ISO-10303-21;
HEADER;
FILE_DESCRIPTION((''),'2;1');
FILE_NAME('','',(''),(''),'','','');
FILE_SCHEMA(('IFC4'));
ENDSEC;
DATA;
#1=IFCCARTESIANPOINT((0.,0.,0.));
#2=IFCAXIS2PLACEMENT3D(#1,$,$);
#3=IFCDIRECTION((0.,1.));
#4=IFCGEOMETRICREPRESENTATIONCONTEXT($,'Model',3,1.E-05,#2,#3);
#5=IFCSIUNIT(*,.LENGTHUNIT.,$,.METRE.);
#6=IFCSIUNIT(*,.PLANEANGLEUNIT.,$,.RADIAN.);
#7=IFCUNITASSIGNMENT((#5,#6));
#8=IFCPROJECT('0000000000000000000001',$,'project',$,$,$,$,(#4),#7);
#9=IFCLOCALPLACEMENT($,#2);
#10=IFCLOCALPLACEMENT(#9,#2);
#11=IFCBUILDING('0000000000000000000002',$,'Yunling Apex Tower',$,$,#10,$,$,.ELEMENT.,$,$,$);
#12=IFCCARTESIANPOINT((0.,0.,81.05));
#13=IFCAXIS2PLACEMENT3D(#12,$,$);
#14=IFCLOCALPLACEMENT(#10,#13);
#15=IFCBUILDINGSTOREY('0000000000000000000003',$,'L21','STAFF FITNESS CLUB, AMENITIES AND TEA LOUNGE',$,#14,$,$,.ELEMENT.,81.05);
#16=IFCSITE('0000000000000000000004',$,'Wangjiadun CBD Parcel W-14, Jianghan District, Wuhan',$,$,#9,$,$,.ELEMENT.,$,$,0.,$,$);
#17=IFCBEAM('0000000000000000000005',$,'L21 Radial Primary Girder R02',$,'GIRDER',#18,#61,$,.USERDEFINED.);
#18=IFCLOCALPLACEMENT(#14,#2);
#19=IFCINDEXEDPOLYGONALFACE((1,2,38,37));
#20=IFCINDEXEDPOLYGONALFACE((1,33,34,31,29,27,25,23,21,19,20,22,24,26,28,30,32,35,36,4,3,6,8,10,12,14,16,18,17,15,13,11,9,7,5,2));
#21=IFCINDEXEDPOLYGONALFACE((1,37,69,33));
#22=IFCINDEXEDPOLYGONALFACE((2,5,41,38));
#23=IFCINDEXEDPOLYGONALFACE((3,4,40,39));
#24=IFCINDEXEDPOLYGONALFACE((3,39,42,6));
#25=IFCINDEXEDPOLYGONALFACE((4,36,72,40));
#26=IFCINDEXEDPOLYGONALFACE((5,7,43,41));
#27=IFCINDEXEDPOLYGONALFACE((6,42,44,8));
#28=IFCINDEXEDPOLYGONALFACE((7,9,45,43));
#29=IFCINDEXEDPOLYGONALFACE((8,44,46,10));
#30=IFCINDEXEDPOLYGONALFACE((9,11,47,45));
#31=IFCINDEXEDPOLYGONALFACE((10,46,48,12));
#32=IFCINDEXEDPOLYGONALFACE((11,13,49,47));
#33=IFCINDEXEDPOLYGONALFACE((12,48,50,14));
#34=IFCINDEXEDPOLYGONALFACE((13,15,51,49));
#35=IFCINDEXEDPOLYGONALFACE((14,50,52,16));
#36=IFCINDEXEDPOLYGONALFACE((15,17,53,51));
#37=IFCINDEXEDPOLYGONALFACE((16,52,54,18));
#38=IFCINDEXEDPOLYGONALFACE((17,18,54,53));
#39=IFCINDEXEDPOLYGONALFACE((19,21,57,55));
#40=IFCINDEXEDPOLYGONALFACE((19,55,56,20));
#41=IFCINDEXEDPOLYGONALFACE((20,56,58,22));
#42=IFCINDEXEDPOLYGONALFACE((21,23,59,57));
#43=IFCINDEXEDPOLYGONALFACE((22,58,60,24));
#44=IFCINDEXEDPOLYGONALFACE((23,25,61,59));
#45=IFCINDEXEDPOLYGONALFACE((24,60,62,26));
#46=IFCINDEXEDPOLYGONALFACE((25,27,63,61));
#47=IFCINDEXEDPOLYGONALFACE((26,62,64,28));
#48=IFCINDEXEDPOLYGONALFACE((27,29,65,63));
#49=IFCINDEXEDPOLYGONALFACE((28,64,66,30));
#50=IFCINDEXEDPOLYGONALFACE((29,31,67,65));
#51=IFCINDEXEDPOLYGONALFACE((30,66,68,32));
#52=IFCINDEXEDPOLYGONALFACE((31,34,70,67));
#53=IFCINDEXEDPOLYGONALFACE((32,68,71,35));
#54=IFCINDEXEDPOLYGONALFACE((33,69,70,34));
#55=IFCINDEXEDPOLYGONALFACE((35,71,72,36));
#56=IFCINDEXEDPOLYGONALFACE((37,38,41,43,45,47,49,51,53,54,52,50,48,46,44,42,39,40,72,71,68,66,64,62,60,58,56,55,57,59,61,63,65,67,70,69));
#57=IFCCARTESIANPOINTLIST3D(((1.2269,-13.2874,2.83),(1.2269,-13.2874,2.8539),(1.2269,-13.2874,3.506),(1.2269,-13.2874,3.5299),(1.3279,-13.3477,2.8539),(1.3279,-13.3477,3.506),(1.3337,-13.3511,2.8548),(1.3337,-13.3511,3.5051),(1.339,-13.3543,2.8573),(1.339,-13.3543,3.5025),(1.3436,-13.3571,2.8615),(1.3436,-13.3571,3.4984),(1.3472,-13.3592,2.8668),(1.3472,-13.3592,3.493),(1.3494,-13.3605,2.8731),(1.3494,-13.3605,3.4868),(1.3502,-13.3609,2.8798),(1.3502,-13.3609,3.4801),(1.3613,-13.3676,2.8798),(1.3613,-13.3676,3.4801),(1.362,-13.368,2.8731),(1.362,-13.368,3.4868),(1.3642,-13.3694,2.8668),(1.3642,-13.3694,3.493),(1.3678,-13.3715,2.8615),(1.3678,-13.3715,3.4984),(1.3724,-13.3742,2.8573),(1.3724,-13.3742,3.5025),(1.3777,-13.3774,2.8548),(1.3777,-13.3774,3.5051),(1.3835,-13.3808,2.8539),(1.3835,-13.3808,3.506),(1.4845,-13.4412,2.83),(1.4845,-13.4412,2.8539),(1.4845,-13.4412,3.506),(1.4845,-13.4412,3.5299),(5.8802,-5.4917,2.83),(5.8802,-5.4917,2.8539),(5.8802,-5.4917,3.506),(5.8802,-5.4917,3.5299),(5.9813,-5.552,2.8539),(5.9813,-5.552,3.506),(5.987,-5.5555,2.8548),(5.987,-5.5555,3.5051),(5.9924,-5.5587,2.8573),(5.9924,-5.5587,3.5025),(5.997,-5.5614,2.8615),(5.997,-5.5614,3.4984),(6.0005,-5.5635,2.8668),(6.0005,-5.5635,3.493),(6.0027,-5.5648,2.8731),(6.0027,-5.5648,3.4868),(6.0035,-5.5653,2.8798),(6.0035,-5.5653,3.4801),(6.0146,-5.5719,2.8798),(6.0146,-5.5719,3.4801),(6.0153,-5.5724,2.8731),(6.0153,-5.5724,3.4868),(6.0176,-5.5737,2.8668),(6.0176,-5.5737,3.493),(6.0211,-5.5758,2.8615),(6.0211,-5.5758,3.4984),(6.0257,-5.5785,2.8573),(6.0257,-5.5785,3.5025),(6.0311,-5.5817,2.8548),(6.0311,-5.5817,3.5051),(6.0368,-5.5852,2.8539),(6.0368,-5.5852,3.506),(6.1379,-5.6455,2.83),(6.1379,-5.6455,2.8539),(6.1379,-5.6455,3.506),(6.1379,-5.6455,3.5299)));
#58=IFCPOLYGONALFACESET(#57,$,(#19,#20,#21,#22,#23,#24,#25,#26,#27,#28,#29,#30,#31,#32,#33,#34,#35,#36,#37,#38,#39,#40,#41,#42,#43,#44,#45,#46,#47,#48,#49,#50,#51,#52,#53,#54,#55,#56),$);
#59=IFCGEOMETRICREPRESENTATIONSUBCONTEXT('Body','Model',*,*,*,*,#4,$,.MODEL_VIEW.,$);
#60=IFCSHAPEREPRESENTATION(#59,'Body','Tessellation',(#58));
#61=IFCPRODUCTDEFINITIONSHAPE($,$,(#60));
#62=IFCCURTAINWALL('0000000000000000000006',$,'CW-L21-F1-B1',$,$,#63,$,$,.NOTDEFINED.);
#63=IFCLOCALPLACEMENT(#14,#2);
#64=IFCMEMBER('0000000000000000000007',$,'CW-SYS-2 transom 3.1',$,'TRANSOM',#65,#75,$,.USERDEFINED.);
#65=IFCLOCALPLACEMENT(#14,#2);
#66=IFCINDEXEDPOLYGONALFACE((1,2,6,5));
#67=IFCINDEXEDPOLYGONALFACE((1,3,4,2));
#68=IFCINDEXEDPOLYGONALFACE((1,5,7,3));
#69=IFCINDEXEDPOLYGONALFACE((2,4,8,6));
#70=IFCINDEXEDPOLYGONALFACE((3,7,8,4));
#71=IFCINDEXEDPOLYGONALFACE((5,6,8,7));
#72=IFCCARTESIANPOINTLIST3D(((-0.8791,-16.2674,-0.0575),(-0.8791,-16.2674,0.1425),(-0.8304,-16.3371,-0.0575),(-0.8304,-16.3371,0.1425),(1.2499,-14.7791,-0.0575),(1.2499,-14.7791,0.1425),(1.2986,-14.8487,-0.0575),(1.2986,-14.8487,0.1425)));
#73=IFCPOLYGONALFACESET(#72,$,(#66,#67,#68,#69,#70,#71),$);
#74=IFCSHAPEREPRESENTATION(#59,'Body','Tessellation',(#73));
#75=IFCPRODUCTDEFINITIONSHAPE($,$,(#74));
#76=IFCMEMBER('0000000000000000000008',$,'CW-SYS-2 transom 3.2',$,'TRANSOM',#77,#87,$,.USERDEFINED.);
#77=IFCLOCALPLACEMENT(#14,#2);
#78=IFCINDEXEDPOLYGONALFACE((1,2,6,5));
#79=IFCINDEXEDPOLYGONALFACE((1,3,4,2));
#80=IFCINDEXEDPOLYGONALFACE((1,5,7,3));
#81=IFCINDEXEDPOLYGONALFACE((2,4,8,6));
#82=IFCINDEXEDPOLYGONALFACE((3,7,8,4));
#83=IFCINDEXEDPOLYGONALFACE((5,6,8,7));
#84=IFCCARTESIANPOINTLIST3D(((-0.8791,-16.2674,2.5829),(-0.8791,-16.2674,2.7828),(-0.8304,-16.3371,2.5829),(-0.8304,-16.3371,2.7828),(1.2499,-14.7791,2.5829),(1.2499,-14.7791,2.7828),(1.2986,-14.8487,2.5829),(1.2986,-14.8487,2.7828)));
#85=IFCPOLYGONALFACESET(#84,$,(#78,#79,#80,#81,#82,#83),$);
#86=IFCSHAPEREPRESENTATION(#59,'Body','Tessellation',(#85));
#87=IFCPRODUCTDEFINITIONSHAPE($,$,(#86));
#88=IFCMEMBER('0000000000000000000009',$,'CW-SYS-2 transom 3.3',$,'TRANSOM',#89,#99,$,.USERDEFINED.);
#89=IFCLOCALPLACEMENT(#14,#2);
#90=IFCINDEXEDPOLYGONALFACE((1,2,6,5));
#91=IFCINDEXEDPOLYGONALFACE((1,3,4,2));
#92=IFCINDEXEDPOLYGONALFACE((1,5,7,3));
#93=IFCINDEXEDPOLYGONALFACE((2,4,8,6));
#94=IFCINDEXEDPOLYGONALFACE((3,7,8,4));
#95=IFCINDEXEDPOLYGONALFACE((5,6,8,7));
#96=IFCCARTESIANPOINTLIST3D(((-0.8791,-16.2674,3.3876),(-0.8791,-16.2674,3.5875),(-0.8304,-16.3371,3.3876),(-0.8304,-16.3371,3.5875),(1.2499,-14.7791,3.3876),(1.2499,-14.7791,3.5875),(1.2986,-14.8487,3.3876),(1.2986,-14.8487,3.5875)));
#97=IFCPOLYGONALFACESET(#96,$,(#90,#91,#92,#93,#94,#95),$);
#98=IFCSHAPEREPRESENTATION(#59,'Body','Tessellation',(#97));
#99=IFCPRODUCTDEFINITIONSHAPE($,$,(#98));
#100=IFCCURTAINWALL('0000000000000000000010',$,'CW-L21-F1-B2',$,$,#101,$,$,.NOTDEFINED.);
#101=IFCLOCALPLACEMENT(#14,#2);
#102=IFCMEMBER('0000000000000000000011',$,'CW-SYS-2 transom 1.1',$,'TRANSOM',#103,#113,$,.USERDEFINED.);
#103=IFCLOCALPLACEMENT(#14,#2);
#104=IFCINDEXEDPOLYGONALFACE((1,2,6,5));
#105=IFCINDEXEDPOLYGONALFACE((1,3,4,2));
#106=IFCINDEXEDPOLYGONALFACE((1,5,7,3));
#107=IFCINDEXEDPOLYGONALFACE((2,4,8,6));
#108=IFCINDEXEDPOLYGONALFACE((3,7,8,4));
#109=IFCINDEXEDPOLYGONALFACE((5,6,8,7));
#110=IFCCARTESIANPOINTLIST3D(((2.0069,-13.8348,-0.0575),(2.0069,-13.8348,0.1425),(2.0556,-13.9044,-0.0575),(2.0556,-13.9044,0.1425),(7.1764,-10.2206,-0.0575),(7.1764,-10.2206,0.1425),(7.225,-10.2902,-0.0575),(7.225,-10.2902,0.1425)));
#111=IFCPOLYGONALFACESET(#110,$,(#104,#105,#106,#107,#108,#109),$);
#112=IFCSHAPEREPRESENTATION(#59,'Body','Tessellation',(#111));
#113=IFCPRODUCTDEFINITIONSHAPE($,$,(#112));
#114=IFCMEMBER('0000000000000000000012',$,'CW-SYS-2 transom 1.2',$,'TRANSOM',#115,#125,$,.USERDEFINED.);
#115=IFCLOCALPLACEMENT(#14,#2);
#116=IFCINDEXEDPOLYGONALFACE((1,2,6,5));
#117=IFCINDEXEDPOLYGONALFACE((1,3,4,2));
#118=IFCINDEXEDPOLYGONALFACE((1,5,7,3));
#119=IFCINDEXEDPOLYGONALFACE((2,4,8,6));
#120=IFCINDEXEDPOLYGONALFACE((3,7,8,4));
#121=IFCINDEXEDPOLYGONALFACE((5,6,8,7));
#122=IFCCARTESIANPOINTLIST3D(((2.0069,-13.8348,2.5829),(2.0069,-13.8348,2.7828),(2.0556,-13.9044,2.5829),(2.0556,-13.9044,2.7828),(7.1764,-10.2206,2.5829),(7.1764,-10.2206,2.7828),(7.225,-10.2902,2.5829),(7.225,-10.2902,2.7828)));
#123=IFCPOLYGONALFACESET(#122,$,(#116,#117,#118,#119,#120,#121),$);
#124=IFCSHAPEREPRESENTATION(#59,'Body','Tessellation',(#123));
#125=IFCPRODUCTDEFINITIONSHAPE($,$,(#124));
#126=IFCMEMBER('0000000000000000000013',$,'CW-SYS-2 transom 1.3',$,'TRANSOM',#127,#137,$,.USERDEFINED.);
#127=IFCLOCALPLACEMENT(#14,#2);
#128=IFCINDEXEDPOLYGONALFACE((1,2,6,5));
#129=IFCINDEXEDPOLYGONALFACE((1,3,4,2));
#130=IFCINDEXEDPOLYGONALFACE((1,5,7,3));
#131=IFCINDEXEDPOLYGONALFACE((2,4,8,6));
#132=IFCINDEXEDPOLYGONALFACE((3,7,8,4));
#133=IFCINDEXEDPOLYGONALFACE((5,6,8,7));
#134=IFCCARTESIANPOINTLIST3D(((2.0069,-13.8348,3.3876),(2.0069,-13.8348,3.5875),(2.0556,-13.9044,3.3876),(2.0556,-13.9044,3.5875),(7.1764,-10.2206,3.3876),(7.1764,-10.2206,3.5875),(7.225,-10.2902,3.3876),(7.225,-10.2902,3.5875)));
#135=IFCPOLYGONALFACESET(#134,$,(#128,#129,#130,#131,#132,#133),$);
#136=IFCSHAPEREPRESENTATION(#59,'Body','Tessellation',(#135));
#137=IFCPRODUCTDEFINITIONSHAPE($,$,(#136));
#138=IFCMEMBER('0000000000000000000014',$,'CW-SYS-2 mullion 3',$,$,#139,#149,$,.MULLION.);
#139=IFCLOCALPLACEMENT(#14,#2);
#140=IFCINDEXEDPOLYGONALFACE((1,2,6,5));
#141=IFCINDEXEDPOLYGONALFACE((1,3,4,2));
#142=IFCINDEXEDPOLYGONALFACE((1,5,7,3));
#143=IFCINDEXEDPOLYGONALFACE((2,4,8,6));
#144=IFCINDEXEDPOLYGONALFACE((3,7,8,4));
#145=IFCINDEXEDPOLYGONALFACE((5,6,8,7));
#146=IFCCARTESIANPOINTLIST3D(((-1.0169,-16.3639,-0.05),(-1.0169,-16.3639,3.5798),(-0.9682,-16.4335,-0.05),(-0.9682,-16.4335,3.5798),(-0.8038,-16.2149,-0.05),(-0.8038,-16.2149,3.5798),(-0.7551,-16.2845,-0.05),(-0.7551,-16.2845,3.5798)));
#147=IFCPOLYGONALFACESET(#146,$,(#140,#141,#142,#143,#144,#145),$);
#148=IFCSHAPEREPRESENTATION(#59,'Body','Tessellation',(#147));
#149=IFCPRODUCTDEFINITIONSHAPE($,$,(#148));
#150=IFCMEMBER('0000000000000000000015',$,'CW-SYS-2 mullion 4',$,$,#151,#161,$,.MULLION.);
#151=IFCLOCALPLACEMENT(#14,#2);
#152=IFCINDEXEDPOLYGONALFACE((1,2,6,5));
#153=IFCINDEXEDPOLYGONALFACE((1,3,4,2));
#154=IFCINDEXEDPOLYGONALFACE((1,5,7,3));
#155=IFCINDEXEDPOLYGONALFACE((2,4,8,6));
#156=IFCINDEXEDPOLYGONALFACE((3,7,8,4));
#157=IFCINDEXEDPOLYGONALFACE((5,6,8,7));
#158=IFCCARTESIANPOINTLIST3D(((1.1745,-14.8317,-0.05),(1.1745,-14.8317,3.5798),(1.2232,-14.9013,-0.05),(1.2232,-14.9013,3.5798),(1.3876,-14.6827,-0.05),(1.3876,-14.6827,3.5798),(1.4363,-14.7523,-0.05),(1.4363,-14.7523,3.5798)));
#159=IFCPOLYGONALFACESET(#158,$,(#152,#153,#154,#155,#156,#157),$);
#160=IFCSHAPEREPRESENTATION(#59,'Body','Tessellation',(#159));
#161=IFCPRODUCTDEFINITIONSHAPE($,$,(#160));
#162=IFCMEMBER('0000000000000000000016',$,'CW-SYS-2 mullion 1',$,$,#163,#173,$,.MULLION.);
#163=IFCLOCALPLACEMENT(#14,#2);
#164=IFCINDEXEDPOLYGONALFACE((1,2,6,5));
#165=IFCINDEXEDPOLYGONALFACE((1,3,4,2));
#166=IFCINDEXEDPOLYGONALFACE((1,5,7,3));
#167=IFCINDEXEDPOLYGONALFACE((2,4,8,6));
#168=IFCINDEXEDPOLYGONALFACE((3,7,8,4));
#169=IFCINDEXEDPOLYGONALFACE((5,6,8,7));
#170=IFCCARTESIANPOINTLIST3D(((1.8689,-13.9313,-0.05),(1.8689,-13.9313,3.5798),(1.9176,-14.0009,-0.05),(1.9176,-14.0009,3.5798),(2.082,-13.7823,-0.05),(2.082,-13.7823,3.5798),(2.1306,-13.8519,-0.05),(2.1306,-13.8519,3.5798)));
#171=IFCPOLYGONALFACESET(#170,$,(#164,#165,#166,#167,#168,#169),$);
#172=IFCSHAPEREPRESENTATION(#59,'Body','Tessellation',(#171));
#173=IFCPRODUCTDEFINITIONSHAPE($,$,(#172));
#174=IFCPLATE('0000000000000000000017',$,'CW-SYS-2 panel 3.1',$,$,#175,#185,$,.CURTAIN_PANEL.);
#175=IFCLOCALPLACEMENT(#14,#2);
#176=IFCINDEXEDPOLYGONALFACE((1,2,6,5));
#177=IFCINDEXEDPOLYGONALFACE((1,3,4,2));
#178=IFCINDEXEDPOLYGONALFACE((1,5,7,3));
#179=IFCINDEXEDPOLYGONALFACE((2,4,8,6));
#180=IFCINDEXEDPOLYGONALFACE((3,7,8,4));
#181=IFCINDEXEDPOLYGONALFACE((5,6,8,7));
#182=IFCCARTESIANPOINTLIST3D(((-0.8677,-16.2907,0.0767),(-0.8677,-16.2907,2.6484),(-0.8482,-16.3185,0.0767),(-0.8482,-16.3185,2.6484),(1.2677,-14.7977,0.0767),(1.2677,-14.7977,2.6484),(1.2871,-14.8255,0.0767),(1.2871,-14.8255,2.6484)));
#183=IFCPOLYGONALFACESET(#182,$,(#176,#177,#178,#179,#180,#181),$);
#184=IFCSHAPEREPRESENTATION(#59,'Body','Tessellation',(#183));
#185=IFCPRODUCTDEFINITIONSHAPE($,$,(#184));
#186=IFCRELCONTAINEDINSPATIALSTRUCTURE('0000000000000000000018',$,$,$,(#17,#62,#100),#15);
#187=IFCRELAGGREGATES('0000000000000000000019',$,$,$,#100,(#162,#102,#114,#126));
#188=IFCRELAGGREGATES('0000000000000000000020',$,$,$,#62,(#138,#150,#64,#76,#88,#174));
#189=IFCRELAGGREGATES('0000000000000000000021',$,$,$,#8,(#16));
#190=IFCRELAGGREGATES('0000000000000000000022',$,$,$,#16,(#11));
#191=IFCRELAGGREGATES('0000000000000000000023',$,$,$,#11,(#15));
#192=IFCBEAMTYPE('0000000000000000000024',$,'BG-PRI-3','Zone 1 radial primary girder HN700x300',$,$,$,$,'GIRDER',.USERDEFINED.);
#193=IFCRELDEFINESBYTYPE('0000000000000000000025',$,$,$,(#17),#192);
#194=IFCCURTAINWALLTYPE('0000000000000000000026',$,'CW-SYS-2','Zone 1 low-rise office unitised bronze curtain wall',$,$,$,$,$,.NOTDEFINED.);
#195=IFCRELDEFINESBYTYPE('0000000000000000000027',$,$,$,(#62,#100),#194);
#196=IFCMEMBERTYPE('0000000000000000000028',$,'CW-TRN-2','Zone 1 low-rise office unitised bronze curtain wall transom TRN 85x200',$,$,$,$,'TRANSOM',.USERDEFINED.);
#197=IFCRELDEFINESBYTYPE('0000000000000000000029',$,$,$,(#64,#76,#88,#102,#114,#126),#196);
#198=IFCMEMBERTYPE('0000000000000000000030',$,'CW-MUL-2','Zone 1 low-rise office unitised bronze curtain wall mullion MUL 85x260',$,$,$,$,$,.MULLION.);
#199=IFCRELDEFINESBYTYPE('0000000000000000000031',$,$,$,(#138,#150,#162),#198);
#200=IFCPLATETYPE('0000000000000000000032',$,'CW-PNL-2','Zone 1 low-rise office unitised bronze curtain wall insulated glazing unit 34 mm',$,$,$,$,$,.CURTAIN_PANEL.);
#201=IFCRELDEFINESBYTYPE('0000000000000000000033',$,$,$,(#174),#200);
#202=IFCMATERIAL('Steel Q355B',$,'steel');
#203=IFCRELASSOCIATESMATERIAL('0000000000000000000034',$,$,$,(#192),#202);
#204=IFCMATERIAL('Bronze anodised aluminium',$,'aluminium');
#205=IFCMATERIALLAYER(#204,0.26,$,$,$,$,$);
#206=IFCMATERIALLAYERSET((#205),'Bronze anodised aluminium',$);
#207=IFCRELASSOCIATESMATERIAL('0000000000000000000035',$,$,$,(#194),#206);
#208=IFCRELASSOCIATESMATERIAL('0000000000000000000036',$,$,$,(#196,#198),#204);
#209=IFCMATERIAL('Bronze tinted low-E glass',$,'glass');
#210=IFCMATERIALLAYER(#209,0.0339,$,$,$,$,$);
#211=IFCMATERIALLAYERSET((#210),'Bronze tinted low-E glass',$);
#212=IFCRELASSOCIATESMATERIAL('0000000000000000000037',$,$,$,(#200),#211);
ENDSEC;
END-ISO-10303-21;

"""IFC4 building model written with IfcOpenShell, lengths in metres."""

from ifc_helpers import new_model, si_unit, direction, frame, origin, origin_2d, place, context, subcontext, project, spatial, rectangle, i_section, extrude, source, transform, mapped, material, layer, layer_set, material_profile, profile_set, type_object, element, aggregate, save


model = new_model("IFC4")

# Units and contexts
model_context = context("Model", 3, precision=1e-05, world=origin(), true_north=direction((0.0, 1.0)))
body_context = subcontext(model_context, "Body", "Model", "MODEL_VIEW")
ifc_project = project(units=[si_unit("LENGTHUNIT", "METRE"), si_unit("PLANEANGLEUNIT", "RADIAN")], contexts=[model_context])

# Site, building, storey
site_placement = place(None, origin())
site = spatial("IfcSite", under=ifc_project, at=site_placement, Name="Wangjiadun CBD Parcel W-14, Jianghan District, Wuhan", CompositionType="ELEMENT", RefElevation=0.0)
building_placement = place(site_placement, origin())
building = spatial("IfcBuilding", under=site, at=building_placement, Name="Yunling Apex Tower", CompositionType="ELEMENT")
storey_placement = place(building_placement, frame((0.0, 0.0, 81.05)))
storey = spatial("IfcBuildingStorey", under=building, at=storey_placement, Name="L21", Description="STAFF FITNESS CLUB, AMENITIES AND TEA LOUNGE", CompositionType="ELEMENT", Elevation=81.05)

# Beam
ifc_material_1 = material(Name="Steel Q355B", Category="steel")
ifc_material_profile_1 = material_profile(ifc_material_1, i_section(OverallWidth=0.3, OverallDepth=0.7, WebThickness=0.0129, FlangeThickness=0.0239, FilletRadius=0.0259, at=origin_2d()))
ifc_profile_set_1 = profile_set([ifc_material_profile_1], Name="Steel Q355B")
beam_type_1 = type_object("IfcBeamType", Name="BG-PRI-3", Description="Zone 1 radial primary girder HN700x300", ElementType="GIRDER", PredefinedType="USERDEFINED", material=ifc_profile_set_1)
shared_shape_1 = source(origin(), body_context, "Body", "SweptSolid", [
    extrude(i_section(OverallWidth=0.3, OverallDepth=0.7, WebThickness=0.0129, FlangeThickness=0.0239, FilletRadius=0.0259, at=origin_2d()), origin(), (0.0, 0.0, 1.0), 9.0789),
])
beam_1_placement = place(storey_placement, frame((1.3557, -13.3643, 3.1799), z_axis=(0.512545, 0.85866, 0.0), x_axis=(-0.85866, 0.512545, 0.0)))
element("IfcBeam", 1, at=beam_1_placement, inside=storey, type_object=beam_type_1, Name="L21 Radial Primary Girder R02", ObjectType="GIRDER", PredefinedType="USERDEFINED", context=body_context, shape_type="MappedRepresentation", body=[
    mapped(shared_shape_1, transform((0.0, 0.0, 0.0), scale=1.0)),
])

# Curtain walls, members
ifc_material_2 = material(Name="Bronze anodised aluminium", Category="aluminium")
ifc_layer_1 = layer(ifc_material_2, 0.26)
ifc_layer_set_1 = layer_set([ifc_layer_1], Name="Bronze anodised aluminium")
curtain_wall_type = type_object("IfcCurtainWallType", Name="CW-SYS-2", Description="Zone 1 low-rise office unitised bronze curtain wall", PredefinedType="NOTDEFINED", material=ifc_layer_set_1)
curtain_wall_1_placement = place(storey_placement, origin())
curtain_wall_1 = element("IfcCurtainWall", 2, at=curtain_wall_1_placement, inside=storey, type_object=curtain_wall_type, Name="CW-L21-F1-B1", PredefinedType="NOTDEFINED")
ifc_material_profile_2 = material_profile(ifc_material_2, rectangle(XDim=0.085, YDim=0.2, at=origin_2d()))
ifc_profile_set_2 = profile_set([ifc_material_profile_2], Name="Bronze anodised aluminium")
member_type_1 = type_object("IfcMemberType", Name="CW-TRN-2", Description="Zone 1 low-rise office unitised bronze curtain wall transom TRN 85x200", ElementType="TRANSOM", PredefinedType="USERDEFINED", material=ifc_profile_set_2)
shared_shape_2 = source(origin(), body_context, "Body", "SweptSolid", [
    extrude(rectangle(XDim=0.085, YDim=0.2, at=origin_2d()), origin(), (0.0, 0.0, 1.0), 2.5977),
])
member_1_placement = place(storey_placement, frame((-0.8547, -16.3022, 0.0425), z_axis=(0.819585, 0.572958, 0.0), x_axis=(-0.572958, 0.819585, 0.0)))
member_1 = element("IfcMember", 3, at=member_1_placement, type_object=member_type_1, Name="CW-SYS-2 transom 3.1", ObjectType="TRANSOM", PredefinedType="USERDEFINED", context=body_context, shape_type="MappedRepresentation", body=[
    mapped(shared_shape_2, transform((0.0, 0.0, 0.0), scale=1.0)),
])
member_2_placement = place(storey_placement, frame((-0.8547, -16.3022, 2.6829), z_axis=(0.819585, 0.572958, 0.0), x_axis=(-0.572958, 0.819585, 0.0)))
member_2 = element("IfcMember", 4, at=member_2_placement, type_object=member_type_1, Name="CW-SYS-2 transom 3.2", ObjectType="TRANSOM", PredefinedType="USERDEFINED", context=body_context, shape_type="MappedRepresentation", body=[
    mapped(shared_shape_2, transform((0.0, 0.0, 0.0), scale=1.0)),
])
member_3_placement = place(storey_placement, frame((-0.8547, -16.3022, 3.4875), z_axis=(0.819585, 0.572958, 0.0), x_axis=(-0.572958, 0.819585, 0.0)))
member_3 = element("IfcMember", 5, at=member_3_placement, type_object=member_type_1, Name="CW-SYS-2 transom 3.3", ObjectType="TRANSOM", PredefinedType="USERDEFINED", context=body_context, shape_type="MappedRepresentation", body=[
    mapped(shared_shape_2, transform((0.0, 0.0, 0.0), scale=1.0)),
])
curtain_wall_2_placement = place(storey_placement, origin())
curtain_wall_2 = element("IfcCurtainWall", 6, at=curtain_wall_2_placement, inside=storey, type_object=curtain_wall_type, Name="CW-L21-F1-B2", PredefinedType="NOTDEFINED")
shared_shape_3 = source(origin(), body_context, "Body", "SweptSolid", [
    extrude(rectangle(XDim=0.085, YDim=0.2, at=origin_2d()), origin(), (0.0, 0.0, 1.0), 6.3076),
])
member_4_placement = place(storey_placement, frame((2.0312, -13.8696, 0.0425), z_axis=(0.819555, 0.573, 0.0), x_axis=(-0.573, 0.819555, 0.0)))
member_4 = element("IfcMember", 7, at=member_4_placement, type_object=member_type_1, Name="CW-SYS-2 transom 1.1", ObjectType="TRANSOM", PredefinedType="USERDEFINED", context=body_context, shape_type="MappedRepresentation", body=[
    mapped(shared_shape_3, transform((0.0, 0.0, 0.0), scale=1.0)),
])
member_5_placement = place(storey_placement, frame((2.0312, -13.8696, 2.6829), z_axis=(0.819555, 0.573, 0.0), x_axis=(-0.573, 0.819555, 0.0)))
member_5 = element("IfcMember", 8, at=member_5_placement, type_object=member_type_1, Name="CW-SYS-2 transom 1.2", ObjectType="TRANSOM", PredefinedType="USERDEFINED", context=body_context, shape_type="MappedRepresentation", body=[
    mapped(shared_shape_3, transform((0.0, 0.0, 0.0), scale=1.0)),
])
member_6_placement = place(storey_placement, frame((2.0312, -13.8696, 3.4875), z_axis=(0.819555, 0.573, 0.0), x_axis=(-0.573, 0.819555, 0.0)))
member_6 = element("IfcMember", 9, at=member_6_placement, type_object=member_type_1, Name="CW-SYS-2 transom 1.3", ObjectType="TRANSOM", PredefinedType="USERDEFINED", context=body_context, shape_type="MappedRepresentation", body=[
    mapped(shared_shape_3, transform((0.0, 0.0, 0.0), scale=1.0)),
])

# Members
ifc_material_profile_3 = material_profile(ifc_material_2, rectangle(XDim=0.085, YDim=0.26, at=origin_2d()))
ifc_profile_set_3 = profile_set([ifc_material_profile_3], Name="Bronze anodised aluminium")
member_type_2 = type_object("IfcMemberType", Name="CW-MUL-2", Description="Zone 1 low-rise office unitised bronze curtain wall mullion MUL 85x260", PredefinedType="MULLION", material=ifc_profile_set_3)
shared_shape_4 = source(origin(), body_context, "Body", "SweptSolid", [
    extrude(rectangle(XDim=0.085, YDim=0.26, at=origin_2d()), origin(), (0.0, 0.0, 1.0), 3.6299),
])
member_7_placement = place(storey_placement, frame((-0.886, -16.3242, -0.05), z_axis=(0.0, 0.0, 1.0), x_axis=(-0.573004, 0.819552, 0.0)))
member_7 = element("IfcMember", 10, at=member_7_placement, type_object=member_type_2, Name="CW-SYS-2 mullion 3", PredefinedType="MULLION", context=body_context, shape_type="MappedRepresentation", body=[
    mapped(shared_shape_4, transform((0.0, 0.0, 0.0), scale=1.0)),
])
member_8_placement = place(storey_placement, frame((1.3054, -14.792, -0.05), z_axis=(0.0, 0.0, 1.0), x_axis=(-0.573004, 0.819552, 0.0)))
member_8 = element("IfcMember", 11, at=member_8_placement, type_object=member_type_2, Name="CW-SYS-2 mullion 4", PredefinedType="MULLION", context=body_context, shape_type="MappedRepresentation", body=[
    mapped(shared_shape_4, transform((0.0, 0.0, 0.0), scale=1.0)),
])
member_9_placement = place(storey_placement, frame((1.9998, -13.8916, -0.05), z_axis=(0.0, 0.0, 1.0), x_axis=(-0.573003, 0.819553, 0.0)))
member_9 = element("IfcMember", 12, at=member_9_placement, type_object=member_type_2, Name="CW-SYS-2 mullion 1", PredefinedType="MULLION", context=body_context, shape_type="MappedRepresentation", body=[
    mapped(shared_shape_4, transform((0.0, 0.0, 0.0), scale=1.0)),
])
aggregate(curtain_wall_2, [member_9, member_4, member_5, member_6])

# Plate
ifc_material_3 = material(Name="Bronze tinted low-E glass", Category="glass")
ifc_layer_2 = layer(ifc_material_3, 0.0339)
ifc_layer_set_2 = layer_set([ifc_layer_2], Name="Bronze tinted low-E glass")
plate_type = type_object("IfcPlateType", Name="CW-PNL-2", Description="Zone 1 low-rise office unitised bronze curtain wall insulated glazing unit 34 mm", PredefinedType="CURTAIN_PANEL", material=ifc_layer_set_2)
shared_shape_5 = source(origin(), body_context, "Body", "SweptSolid", [
    extrude(rectangle(XDim=2.6055, YDim=0.0339, at=origin_2d()), origin(), (0.0, 0.0, 1.0), 2.5718),
])
plate_1_placement = place(storey_placement, frame((0.2097, -15.5581, 0.0767), z_axis=(0.0, 0.0, 1.0), x_axis=(0.819552, 0.573004, 0.0)))
plate_1 = element("IfcPlate", 13, at=plate_1_placement, type_object=plate_type, Name="CW-SYS-2 panel 3.1", PredefinedType="CURTAIN_PANEL", context=body_context, shape_type="MappedRepresentation", body=[
    mapped(shared_shape_5, transform((0.0, 0.0, 0.0), scale=1.0)),
])
aggregate(curtain_wall_1, [member_7, member_8, member_1, member_2, member_3, plate_1])

save(model, "model.ifc")
